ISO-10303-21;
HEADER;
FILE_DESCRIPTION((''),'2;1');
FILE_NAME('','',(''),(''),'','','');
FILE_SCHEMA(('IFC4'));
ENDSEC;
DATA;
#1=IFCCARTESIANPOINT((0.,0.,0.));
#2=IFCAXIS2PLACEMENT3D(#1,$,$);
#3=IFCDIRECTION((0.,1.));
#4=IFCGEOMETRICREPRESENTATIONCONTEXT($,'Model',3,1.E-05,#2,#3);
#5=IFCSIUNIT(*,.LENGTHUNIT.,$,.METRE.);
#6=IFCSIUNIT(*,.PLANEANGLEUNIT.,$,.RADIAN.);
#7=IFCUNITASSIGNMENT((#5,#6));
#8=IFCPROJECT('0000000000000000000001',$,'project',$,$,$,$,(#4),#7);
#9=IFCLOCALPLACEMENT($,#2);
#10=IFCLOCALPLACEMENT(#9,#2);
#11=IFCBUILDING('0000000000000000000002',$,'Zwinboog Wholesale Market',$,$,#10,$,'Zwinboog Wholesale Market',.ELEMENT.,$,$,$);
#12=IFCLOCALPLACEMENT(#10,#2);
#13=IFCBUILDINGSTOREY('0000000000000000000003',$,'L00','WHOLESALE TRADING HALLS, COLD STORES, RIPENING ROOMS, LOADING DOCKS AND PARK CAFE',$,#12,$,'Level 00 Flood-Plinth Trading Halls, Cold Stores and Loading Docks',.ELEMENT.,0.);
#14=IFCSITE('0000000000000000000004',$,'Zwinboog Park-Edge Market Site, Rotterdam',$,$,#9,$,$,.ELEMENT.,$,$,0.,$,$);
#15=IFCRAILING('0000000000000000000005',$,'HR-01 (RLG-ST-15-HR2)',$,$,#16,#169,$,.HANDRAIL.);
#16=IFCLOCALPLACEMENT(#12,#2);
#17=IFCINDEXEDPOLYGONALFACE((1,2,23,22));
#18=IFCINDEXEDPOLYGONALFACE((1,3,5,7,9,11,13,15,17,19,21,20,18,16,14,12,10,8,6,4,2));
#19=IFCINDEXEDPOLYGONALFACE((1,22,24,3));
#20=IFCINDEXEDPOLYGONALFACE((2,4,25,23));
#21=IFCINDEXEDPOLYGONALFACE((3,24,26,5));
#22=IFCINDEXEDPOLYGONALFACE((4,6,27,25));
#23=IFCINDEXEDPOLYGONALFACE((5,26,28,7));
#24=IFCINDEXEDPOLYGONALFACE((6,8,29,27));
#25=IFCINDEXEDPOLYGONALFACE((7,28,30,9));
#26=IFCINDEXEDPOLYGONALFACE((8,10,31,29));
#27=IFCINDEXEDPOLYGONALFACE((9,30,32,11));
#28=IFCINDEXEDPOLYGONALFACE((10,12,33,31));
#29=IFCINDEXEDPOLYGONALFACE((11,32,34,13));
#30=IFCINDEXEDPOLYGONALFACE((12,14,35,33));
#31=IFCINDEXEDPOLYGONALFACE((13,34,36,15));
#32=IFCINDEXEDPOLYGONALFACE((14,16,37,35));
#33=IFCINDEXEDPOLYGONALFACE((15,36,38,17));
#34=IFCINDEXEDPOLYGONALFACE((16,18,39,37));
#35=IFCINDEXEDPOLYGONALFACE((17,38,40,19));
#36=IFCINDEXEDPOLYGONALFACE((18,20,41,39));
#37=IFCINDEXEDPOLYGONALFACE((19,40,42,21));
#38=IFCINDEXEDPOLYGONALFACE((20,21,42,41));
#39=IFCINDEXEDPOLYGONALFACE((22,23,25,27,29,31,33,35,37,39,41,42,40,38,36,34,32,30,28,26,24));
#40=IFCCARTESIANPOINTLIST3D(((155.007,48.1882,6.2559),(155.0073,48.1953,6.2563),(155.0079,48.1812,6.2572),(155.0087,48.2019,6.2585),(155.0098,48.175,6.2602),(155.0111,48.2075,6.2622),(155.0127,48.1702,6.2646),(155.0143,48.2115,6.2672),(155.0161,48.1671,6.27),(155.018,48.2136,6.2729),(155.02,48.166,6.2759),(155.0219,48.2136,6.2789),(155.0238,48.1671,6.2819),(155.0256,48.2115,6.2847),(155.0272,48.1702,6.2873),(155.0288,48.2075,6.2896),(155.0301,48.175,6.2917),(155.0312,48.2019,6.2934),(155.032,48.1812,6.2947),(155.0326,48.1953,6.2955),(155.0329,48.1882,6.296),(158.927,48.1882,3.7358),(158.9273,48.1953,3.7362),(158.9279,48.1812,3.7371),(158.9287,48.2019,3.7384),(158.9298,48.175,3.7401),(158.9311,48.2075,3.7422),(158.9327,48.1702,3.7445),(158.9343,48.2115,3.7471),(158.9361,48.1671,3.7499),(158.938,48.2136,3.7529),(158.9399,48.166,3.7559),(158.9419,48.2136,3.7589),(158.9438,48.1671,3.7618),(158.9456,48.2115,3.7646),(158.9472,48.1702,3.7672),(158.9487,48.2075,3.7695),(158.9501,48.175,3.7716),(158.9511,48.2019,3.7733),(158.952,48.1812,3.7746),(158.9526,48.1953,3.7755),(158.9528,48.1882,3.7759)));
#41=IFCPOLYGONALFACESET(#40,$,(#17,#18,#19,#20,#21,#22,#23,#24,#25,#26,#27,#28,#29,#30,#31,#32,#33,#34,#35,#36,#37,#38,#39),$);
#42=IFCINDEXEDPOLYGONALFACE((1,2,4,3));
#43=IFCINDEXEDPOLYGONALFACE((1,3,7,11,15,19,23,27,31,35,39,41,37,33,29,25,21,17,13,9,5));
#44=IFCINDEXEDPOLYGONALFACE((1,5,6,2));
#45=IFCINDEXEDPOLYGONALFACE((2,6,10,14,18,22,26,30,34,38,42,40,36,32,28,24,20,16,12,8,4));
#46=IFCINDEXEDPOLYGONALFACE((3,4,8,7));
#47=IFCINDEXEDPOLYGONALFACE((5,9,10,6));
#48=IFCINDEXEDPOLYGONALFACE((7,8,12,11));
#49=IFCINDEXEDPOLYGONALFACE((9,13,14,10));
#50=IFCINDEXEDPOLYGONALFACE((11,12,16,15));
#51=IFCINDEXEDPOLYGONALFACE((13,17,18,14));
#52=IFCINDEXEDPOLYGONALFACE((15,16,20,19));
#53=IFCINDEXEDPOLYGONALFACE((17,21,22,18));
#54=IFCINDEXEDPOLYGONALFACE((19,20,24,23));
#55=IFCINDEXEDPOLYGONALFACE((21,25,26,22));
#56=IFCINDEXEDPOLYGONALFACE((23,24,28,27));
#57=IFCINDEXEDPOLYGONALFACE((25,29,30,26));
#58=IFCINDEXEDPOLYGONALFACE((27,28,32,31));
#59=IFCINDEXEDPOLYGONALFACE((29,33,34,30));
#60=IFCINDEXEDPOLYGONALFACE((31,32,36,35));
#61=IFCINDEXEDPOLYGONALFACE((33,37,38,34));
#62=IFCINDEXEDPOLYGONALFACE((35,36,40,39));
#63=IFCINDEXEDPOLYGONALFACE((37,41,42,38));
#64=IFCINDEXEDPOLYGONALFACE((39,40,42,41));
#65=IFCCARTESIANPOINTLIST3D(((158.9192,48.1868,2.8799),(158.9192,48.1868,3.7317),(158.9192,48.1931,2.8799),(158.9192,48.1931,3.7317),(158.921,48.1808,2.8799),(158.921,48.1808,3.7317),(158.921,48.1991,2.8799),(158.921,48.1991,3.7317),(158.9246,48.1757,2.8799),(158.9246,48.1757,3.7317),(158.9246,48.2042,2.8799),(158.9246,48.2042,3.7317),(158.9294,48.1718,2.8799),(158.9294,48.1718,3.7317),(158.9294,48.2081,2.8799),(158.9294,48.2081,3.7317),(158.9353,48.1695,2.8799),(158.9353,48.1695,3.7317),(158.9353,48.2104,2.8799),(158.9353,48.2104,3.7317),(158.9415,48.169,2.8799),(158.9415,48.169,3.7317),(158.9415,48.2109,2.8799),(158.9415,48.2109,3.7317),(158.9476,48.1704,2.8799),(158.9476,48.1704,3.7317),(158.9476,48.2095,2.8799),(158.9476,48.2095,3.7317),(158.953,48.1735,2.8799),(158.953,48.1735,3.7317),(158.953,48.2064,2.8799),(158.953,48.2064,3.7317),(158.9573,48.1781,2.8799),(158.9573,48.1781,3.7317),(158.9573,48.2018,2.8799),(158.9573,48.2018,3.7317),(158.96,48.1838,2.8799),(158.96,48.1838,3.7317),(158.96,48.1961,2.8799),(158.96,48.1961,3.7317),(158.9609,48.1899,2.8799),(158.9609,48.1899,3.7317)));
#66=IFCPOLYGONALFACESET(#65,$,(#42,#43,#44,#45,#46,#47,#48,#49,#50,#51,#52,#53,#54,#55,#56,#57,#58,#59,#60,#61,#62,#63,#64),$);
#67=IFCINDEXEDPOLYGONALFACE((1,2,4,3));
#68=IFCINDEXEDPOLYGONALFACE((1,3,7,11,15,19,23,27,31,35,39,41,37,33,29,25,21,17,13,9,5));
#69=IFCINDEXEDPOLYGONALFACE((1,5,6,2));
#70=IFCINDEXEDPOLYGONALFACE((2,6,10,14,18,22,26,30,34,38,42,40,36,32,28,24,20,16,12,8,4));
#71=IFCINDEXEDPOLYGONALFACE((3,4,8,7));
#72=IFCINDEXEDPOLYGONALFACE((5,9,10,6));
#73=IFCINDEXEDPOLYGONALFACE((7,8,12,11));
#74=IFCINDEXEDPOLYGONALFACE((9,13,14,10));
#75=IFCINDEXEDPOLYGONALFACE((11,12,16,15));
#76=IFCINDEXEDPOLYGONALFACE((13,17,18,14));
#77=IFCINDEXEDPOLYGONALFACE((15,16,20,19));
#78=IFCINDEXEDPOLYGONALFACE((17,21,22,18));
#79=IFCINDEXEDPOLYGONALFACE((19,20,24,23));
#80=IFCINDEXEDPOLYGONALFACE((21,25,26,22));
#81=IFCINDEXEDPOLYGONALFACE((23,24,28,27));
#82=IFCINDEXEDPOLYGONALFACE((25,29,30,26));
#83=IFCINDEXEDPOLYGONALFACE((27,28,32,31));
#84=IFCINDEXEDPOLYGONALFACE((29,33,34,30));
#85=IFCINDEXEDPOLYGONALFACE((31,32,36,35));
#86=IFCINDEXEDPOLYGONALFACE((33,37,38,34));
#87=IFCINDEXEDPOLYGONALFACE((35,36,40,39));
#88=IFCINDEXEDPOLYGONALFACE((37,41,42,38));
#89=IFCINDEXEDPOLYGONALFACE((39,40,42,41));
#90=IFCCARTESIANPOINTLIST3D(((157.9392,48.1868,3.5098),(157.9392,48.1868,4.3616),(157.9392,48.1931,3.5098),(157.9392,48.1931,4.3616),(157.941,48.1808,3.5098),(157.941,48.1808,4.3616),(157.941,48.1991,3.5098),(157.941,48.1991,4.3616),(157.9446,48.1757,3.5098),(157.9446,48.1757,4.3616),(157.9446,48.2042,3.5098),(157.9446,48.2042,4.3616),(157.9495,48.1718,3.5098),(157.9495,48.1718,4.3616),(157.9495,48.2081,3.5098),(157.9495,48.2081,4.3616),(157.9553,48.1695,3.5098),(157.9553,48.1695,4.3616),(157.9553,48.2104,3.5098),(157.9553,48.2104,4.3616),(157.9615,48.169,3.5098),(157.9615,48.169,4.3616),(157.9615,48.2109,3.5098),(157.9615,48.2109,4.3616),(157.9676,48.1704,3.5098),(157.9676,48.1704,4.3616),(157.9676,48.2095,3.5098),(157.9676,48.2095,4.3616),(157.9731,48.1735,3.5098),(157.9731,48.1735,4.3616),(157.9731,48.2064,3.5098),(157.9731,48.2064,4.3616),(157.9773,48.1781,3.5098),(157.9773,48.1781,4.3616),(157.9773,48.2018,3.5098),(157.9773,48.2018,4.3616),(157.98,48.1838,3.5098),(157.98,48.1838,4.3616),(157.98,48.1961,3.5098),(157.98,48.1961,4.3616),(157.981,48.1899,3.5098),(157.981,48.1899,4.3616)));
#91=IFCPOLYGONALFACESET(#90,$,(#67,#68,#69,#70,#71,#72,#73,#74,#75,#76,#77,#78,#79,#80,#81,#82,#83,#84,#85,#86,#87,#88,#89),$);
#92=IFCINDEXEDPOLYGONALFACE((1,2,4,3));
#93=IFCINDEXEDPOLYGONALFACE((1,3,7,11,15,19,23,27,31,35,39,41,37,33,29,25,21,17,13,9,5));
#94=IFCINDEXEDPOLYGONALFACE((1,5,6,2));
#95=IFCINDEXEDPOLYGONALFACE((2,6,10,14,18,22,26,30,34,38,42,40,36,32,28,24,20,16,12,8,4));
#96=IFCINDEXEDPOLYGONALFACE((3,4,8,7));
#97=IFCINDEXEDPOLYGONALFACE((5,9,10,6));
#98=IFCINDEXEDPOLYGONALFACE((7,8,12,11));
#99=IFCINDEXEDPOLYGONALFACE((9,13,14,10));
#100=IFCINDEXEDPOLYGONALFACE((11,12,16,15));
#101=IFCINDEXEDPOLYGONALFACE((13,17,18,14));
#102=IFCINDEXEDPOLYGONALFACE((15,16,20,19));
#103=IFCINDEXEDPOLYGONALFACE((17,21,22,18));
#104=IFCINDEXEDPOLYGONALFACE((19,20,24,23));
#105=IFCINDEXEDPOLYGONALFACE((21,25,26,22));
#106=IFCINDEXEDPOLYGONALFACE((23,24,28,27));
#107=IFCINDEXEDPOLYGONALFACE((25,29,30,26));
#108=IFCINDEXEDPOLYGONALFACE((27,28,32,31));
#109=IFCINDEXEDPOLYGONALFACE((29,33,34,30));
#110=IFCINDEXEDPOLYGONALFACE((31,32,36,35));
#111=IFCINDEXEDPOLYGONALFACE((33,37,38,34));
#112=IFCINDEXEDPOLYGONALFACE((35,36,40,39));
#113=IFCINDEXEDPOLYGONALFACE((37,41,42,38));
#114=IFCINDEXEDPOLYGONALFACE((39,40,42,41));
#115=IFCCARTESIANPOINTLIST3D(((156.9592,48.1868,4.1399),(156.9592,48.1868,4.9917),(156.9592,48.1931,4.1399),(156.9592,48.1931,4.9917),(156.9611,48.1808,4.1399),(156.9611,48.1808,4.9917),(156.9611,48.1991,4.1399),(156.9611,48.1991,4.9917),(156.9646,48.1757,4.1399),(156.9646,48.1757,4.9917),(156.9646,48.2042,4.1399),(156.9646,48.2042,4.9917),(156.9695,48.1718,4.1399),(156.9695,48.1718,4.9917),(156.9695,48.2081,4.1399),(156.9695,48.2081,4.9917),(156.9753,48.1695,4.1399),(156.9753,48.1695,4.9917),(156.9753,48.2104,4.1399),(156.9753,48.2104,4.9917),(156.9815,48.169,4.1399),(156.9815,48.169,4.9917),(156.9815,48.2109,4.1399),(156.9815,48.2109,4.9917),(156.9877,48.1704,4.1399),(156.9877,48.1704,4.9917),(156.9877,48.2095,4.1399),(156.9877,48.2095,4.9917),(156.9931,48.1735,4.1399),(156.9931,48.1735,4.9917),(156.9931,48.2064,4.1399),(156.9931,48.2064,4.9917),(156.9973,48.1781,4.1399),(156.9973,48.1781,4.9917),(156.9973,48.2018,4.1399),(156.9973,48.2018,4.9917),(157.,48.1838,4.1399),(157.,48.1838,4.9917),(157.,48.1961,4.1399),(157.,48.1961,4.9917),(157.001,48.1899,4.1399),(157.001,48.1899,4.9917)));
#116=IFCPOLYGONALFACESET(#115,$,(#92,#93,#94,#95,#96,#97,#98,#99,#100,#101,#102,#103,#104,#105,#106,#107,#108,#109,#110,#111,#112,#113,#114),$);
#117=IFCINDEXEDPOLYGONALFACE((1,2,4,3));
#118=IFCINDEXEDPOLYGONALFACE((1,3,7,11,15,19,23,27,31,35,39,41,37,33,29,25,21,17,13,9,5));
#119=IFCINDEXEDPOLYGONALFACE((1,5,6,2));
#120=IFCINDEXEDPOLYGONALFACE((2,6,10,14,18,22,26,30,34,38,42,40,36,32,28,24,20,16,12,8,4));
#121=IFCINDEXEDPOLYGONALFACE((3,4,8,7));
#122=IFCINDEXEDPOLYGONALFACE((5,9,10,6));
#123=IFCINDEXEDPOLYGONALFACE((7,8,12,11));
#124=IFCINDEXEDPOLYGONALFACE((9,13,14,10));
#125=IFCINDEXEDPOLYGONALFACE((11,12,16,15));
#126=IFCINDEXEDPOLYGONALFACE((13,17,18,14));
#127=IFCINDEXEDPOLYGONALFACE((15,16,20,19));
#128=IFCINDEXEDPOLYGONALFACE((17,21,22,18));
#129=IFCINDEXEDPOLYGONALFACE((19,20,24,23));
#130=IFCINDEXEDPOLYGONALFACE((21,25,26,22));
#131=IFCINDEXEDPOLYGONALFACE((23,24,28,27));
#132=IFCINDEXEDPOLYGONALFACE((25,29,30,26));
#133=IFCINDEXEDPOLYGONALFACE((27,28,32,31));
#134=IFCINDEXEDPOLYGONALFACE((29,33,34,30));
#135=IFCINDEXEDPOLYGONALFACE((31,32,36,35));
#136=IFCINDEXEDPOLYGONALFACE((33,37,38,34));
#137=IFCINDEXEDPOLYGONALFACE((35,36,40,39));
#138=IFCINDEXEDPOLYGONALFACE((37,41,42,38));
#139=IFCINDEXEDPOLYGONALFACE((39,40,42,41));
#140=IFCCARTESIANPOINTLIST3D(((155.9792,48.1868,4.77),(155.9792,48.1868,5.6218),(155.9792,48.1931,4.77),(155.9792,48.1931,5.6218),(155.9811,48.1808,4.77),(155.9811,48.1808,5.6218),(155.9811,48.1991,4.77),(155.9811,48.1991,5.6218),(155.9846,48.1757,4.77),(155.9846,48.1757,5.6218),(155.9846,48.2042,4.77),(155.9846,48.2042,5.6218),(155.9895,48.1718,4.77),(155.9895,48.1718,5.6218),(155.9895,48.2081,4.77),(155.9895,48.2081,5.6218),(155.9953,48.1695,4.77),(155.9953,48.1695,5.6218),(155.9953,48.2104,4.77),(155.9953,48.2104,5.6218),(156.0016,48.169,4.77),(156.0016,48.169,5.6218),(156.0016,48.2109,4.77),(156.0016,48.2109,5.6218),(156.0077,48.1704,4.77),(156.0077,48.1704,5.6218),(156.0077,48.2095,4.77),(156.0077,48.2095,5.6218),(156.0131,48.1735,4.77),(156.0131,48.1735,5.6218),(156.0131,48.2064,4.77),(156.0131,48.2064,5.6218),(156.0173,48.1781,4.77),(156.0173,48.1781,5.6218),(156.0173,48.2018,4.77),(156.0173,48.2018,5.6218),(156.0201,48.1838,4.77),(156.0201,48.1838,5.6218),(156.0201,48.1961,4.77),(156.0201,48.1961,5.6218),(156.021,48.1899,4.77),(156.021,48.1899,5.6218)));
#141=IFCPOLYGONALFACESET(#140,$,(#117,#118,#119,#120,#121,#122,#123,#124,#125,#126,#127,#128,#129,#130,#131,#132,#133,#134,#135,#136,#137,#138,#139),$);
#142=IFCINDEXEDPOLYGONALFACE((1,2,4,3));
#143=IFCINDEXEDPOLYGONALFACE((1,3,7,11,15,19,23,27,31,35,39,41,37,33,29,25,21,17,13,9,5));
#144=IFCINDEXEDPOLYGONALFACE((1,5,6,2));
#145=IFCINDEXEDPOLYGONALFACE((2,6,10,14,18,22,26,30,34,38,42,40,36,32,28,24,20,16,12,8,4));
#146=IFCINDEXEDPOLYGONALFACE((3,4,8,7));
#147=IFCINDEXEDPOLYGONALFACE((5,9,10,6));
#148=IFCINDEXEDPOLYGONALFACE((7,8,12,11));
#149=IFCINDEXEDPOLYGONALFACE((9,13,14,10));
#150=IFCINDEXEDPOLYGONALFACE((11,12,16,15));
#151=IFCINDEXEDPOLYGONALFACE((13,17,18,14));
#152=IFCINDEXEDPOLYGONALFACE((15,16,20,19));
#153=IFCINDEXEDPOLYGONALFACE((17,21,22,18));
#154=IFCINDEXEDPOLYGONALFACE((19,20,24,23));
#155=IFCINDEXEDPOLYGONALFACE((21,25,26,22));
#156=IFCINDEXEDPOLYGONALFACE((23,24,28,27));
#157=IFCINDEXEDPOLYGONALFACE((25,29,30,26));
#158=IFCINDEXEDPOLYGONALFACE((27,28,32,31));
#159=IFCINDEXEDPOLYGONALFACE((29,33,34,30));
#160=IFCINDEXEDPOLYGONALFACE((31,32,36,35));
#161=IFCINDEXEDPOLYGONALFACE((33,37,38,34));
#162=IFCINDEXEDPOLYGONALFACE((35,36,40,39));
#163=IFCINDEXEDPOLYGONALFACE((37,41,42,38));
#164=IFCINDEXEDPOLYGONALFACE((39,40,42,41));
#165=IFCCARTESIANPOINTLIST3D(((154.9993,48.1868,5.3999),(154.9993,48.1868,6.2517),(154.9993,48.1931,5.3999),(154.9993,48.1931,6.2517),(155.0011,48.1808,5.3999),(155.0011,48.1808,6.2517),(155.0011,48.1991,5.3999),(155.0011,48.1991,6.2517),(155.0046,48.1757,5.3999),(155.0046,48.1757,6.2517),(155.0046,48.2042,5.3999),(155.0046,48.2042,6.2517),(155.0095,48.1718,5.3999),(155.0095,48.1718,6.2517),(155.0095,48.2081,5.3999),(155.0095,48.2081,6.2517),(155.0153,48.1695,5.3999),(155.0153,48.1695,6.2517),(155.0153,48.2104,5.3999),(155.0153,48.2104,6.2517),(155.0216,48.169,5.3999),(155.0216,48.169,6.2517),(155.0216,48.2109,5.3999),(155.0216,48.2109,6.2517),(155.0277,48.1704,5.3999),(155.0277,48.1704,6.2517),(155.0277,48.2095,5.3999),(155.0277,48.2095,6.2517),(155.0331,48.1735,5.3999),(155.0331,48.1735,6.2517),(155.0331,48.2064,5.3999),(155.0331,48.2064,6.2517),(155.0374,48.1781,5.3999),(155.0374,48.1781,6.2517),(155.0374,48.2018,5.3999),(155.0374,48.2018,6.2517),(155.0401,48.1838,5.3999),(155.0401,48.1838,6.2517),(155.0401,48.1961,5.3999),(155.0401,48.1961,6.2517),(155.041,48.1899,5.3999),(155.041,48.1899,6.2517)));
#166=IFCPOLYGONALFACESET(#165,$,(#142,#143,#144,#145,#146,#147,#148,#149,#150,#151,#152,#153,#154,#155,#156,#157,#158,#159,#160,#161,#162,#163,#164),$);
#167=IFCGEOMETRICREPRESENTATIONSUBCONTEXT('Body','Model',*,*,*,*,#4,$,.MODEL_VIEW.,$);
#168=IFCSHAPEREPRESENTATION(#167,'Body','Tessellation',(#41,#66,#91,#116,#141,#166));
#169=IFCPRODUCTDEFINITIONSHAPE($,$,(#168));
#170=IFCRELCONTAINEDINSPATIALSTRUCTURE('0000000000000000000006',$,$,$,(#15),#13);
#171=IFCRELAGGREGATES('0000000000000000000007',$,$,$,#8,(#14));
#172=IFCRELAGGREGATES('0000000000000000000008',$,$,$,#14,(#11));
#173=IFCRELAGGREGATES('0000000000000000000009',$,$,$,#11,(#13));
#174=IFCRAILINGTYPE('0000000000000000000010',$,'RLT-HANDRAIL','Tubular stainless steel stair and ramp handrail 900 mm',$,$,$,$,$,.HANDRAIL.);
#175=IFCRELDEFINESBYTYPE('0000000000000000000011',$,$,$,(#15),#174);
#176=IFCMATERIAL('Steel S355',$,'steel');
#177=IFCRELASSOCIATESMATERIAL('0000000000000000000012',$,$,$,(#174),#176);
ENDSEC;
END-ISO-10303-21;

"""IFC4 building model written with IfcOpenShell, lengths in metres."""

from ifc_helpers import new_model, si_unit, direction, frame, origin, origin_2d, place, context, subcontext, project, spatial, circle, extrude, material, type_object, element, save


model = new_model("IFC4")

# Units and contexts
model_context = context("Model", 3, precision=1e-05, world=origin(), true_north=direction((0.0, 1.0)))
body_context = subcontext(model_context, "Body", "Model", "MODEL_VIEW")
ifc_project = project(units=[si_unit("LENGTHUNIT", "METRE"), si_unit("PLANEANGLEUNIT", "RADIAN")], contexts=[model_context])

# Site, building, storey
site_placement = place(None, origin())
site = spatial("IfcSite", under=ifc_project, at=site_placement, Name="Zwinboog Park-Edge Market Site, Rotterdam", CompositionType="ELEMENT", RefElevation=0.0)
building_placement = place(site_placement, origin())
building = spatial("IfcBuilding", under=site, at=building_placement, Name="Zwinboog Wholesale Market", LongName="Zwinboog Wholesale Market", CompositionType="ELEMENT")
storey_placement = place(building_placement, origin())
storey = spatial("IfcBuildingStorey", under=building, at=storey_placement, Name="L00", Description="WHOLESALE TRADING HALLS, COLD STORES, RIPENING ROOMS, LOADING DOCKS AND PARK CAFE", LongName="Level 00 Flood-Plinth Trading Halls, Cold Stores and Loading Docks", CompositionType="ELEMENT", Elevation=0.0)

# Railing
ifc_material_1 = material(Name="Steel S355", Category="steel")
railing_type_1 = type_object("IfcRailingType", Name="RLT-HANDRAIL", Description="Tubular stainless steel stair and ramp handrail 900 mm", PredefinedType="HANDRAIL", material=ifc_material_1)
railing_1_placement = place(storey_placement, frame((158.9399, 48.1899, 2.8799)))
element("IfcRailing", 1, at=railing_1_placement, inside=storey, type_object=railing_type_1, Name="HR-01 (RLG-ST-15-HR2)", PredefinedType="HANDRAIL", context=body_context, shape_type="SweptSolid", body=[
    extrude(circle(Radius=0.0239, at=origin_2d()), frame((0.0, 0.0, 0.876), z_axis=(-0.841172, 0.0, 0.540768), x_axis=(0.0, -1.0, 0.0)), (0.0, 0.0, 1.0), 4.6602),
    extrude(circle(Radius=0.021, at=origin_2d()), origin(), (0.0, 0.0, 1.0), 0.8518),
    extrude(circle(Radius=0.021, at=origin_2d()), frame((-0.98, 0.0, 0.6299)), (0.0, 0.0, 1.0), 0.8518),
    extrude(circle(Radius=0.021, at=origin_2d()), frame((-1.96, 0.0, 1.26)), (0.0, 0.0, 1.0), 0.8518),
    extrude(circle(Radius=0.021, at=origin_2d()), frame((-2.9399, 0.0, 1.8901)), (0.0, 0.0, 1.0), 0.8518),
    extrude(circle(Radius=0.021, at=origin_2d()), frame((-3.9199, 0.0, 2.52)), (0.0, 0.0, 1.0), 0.8518),
])

save(model, "model.ifc")
